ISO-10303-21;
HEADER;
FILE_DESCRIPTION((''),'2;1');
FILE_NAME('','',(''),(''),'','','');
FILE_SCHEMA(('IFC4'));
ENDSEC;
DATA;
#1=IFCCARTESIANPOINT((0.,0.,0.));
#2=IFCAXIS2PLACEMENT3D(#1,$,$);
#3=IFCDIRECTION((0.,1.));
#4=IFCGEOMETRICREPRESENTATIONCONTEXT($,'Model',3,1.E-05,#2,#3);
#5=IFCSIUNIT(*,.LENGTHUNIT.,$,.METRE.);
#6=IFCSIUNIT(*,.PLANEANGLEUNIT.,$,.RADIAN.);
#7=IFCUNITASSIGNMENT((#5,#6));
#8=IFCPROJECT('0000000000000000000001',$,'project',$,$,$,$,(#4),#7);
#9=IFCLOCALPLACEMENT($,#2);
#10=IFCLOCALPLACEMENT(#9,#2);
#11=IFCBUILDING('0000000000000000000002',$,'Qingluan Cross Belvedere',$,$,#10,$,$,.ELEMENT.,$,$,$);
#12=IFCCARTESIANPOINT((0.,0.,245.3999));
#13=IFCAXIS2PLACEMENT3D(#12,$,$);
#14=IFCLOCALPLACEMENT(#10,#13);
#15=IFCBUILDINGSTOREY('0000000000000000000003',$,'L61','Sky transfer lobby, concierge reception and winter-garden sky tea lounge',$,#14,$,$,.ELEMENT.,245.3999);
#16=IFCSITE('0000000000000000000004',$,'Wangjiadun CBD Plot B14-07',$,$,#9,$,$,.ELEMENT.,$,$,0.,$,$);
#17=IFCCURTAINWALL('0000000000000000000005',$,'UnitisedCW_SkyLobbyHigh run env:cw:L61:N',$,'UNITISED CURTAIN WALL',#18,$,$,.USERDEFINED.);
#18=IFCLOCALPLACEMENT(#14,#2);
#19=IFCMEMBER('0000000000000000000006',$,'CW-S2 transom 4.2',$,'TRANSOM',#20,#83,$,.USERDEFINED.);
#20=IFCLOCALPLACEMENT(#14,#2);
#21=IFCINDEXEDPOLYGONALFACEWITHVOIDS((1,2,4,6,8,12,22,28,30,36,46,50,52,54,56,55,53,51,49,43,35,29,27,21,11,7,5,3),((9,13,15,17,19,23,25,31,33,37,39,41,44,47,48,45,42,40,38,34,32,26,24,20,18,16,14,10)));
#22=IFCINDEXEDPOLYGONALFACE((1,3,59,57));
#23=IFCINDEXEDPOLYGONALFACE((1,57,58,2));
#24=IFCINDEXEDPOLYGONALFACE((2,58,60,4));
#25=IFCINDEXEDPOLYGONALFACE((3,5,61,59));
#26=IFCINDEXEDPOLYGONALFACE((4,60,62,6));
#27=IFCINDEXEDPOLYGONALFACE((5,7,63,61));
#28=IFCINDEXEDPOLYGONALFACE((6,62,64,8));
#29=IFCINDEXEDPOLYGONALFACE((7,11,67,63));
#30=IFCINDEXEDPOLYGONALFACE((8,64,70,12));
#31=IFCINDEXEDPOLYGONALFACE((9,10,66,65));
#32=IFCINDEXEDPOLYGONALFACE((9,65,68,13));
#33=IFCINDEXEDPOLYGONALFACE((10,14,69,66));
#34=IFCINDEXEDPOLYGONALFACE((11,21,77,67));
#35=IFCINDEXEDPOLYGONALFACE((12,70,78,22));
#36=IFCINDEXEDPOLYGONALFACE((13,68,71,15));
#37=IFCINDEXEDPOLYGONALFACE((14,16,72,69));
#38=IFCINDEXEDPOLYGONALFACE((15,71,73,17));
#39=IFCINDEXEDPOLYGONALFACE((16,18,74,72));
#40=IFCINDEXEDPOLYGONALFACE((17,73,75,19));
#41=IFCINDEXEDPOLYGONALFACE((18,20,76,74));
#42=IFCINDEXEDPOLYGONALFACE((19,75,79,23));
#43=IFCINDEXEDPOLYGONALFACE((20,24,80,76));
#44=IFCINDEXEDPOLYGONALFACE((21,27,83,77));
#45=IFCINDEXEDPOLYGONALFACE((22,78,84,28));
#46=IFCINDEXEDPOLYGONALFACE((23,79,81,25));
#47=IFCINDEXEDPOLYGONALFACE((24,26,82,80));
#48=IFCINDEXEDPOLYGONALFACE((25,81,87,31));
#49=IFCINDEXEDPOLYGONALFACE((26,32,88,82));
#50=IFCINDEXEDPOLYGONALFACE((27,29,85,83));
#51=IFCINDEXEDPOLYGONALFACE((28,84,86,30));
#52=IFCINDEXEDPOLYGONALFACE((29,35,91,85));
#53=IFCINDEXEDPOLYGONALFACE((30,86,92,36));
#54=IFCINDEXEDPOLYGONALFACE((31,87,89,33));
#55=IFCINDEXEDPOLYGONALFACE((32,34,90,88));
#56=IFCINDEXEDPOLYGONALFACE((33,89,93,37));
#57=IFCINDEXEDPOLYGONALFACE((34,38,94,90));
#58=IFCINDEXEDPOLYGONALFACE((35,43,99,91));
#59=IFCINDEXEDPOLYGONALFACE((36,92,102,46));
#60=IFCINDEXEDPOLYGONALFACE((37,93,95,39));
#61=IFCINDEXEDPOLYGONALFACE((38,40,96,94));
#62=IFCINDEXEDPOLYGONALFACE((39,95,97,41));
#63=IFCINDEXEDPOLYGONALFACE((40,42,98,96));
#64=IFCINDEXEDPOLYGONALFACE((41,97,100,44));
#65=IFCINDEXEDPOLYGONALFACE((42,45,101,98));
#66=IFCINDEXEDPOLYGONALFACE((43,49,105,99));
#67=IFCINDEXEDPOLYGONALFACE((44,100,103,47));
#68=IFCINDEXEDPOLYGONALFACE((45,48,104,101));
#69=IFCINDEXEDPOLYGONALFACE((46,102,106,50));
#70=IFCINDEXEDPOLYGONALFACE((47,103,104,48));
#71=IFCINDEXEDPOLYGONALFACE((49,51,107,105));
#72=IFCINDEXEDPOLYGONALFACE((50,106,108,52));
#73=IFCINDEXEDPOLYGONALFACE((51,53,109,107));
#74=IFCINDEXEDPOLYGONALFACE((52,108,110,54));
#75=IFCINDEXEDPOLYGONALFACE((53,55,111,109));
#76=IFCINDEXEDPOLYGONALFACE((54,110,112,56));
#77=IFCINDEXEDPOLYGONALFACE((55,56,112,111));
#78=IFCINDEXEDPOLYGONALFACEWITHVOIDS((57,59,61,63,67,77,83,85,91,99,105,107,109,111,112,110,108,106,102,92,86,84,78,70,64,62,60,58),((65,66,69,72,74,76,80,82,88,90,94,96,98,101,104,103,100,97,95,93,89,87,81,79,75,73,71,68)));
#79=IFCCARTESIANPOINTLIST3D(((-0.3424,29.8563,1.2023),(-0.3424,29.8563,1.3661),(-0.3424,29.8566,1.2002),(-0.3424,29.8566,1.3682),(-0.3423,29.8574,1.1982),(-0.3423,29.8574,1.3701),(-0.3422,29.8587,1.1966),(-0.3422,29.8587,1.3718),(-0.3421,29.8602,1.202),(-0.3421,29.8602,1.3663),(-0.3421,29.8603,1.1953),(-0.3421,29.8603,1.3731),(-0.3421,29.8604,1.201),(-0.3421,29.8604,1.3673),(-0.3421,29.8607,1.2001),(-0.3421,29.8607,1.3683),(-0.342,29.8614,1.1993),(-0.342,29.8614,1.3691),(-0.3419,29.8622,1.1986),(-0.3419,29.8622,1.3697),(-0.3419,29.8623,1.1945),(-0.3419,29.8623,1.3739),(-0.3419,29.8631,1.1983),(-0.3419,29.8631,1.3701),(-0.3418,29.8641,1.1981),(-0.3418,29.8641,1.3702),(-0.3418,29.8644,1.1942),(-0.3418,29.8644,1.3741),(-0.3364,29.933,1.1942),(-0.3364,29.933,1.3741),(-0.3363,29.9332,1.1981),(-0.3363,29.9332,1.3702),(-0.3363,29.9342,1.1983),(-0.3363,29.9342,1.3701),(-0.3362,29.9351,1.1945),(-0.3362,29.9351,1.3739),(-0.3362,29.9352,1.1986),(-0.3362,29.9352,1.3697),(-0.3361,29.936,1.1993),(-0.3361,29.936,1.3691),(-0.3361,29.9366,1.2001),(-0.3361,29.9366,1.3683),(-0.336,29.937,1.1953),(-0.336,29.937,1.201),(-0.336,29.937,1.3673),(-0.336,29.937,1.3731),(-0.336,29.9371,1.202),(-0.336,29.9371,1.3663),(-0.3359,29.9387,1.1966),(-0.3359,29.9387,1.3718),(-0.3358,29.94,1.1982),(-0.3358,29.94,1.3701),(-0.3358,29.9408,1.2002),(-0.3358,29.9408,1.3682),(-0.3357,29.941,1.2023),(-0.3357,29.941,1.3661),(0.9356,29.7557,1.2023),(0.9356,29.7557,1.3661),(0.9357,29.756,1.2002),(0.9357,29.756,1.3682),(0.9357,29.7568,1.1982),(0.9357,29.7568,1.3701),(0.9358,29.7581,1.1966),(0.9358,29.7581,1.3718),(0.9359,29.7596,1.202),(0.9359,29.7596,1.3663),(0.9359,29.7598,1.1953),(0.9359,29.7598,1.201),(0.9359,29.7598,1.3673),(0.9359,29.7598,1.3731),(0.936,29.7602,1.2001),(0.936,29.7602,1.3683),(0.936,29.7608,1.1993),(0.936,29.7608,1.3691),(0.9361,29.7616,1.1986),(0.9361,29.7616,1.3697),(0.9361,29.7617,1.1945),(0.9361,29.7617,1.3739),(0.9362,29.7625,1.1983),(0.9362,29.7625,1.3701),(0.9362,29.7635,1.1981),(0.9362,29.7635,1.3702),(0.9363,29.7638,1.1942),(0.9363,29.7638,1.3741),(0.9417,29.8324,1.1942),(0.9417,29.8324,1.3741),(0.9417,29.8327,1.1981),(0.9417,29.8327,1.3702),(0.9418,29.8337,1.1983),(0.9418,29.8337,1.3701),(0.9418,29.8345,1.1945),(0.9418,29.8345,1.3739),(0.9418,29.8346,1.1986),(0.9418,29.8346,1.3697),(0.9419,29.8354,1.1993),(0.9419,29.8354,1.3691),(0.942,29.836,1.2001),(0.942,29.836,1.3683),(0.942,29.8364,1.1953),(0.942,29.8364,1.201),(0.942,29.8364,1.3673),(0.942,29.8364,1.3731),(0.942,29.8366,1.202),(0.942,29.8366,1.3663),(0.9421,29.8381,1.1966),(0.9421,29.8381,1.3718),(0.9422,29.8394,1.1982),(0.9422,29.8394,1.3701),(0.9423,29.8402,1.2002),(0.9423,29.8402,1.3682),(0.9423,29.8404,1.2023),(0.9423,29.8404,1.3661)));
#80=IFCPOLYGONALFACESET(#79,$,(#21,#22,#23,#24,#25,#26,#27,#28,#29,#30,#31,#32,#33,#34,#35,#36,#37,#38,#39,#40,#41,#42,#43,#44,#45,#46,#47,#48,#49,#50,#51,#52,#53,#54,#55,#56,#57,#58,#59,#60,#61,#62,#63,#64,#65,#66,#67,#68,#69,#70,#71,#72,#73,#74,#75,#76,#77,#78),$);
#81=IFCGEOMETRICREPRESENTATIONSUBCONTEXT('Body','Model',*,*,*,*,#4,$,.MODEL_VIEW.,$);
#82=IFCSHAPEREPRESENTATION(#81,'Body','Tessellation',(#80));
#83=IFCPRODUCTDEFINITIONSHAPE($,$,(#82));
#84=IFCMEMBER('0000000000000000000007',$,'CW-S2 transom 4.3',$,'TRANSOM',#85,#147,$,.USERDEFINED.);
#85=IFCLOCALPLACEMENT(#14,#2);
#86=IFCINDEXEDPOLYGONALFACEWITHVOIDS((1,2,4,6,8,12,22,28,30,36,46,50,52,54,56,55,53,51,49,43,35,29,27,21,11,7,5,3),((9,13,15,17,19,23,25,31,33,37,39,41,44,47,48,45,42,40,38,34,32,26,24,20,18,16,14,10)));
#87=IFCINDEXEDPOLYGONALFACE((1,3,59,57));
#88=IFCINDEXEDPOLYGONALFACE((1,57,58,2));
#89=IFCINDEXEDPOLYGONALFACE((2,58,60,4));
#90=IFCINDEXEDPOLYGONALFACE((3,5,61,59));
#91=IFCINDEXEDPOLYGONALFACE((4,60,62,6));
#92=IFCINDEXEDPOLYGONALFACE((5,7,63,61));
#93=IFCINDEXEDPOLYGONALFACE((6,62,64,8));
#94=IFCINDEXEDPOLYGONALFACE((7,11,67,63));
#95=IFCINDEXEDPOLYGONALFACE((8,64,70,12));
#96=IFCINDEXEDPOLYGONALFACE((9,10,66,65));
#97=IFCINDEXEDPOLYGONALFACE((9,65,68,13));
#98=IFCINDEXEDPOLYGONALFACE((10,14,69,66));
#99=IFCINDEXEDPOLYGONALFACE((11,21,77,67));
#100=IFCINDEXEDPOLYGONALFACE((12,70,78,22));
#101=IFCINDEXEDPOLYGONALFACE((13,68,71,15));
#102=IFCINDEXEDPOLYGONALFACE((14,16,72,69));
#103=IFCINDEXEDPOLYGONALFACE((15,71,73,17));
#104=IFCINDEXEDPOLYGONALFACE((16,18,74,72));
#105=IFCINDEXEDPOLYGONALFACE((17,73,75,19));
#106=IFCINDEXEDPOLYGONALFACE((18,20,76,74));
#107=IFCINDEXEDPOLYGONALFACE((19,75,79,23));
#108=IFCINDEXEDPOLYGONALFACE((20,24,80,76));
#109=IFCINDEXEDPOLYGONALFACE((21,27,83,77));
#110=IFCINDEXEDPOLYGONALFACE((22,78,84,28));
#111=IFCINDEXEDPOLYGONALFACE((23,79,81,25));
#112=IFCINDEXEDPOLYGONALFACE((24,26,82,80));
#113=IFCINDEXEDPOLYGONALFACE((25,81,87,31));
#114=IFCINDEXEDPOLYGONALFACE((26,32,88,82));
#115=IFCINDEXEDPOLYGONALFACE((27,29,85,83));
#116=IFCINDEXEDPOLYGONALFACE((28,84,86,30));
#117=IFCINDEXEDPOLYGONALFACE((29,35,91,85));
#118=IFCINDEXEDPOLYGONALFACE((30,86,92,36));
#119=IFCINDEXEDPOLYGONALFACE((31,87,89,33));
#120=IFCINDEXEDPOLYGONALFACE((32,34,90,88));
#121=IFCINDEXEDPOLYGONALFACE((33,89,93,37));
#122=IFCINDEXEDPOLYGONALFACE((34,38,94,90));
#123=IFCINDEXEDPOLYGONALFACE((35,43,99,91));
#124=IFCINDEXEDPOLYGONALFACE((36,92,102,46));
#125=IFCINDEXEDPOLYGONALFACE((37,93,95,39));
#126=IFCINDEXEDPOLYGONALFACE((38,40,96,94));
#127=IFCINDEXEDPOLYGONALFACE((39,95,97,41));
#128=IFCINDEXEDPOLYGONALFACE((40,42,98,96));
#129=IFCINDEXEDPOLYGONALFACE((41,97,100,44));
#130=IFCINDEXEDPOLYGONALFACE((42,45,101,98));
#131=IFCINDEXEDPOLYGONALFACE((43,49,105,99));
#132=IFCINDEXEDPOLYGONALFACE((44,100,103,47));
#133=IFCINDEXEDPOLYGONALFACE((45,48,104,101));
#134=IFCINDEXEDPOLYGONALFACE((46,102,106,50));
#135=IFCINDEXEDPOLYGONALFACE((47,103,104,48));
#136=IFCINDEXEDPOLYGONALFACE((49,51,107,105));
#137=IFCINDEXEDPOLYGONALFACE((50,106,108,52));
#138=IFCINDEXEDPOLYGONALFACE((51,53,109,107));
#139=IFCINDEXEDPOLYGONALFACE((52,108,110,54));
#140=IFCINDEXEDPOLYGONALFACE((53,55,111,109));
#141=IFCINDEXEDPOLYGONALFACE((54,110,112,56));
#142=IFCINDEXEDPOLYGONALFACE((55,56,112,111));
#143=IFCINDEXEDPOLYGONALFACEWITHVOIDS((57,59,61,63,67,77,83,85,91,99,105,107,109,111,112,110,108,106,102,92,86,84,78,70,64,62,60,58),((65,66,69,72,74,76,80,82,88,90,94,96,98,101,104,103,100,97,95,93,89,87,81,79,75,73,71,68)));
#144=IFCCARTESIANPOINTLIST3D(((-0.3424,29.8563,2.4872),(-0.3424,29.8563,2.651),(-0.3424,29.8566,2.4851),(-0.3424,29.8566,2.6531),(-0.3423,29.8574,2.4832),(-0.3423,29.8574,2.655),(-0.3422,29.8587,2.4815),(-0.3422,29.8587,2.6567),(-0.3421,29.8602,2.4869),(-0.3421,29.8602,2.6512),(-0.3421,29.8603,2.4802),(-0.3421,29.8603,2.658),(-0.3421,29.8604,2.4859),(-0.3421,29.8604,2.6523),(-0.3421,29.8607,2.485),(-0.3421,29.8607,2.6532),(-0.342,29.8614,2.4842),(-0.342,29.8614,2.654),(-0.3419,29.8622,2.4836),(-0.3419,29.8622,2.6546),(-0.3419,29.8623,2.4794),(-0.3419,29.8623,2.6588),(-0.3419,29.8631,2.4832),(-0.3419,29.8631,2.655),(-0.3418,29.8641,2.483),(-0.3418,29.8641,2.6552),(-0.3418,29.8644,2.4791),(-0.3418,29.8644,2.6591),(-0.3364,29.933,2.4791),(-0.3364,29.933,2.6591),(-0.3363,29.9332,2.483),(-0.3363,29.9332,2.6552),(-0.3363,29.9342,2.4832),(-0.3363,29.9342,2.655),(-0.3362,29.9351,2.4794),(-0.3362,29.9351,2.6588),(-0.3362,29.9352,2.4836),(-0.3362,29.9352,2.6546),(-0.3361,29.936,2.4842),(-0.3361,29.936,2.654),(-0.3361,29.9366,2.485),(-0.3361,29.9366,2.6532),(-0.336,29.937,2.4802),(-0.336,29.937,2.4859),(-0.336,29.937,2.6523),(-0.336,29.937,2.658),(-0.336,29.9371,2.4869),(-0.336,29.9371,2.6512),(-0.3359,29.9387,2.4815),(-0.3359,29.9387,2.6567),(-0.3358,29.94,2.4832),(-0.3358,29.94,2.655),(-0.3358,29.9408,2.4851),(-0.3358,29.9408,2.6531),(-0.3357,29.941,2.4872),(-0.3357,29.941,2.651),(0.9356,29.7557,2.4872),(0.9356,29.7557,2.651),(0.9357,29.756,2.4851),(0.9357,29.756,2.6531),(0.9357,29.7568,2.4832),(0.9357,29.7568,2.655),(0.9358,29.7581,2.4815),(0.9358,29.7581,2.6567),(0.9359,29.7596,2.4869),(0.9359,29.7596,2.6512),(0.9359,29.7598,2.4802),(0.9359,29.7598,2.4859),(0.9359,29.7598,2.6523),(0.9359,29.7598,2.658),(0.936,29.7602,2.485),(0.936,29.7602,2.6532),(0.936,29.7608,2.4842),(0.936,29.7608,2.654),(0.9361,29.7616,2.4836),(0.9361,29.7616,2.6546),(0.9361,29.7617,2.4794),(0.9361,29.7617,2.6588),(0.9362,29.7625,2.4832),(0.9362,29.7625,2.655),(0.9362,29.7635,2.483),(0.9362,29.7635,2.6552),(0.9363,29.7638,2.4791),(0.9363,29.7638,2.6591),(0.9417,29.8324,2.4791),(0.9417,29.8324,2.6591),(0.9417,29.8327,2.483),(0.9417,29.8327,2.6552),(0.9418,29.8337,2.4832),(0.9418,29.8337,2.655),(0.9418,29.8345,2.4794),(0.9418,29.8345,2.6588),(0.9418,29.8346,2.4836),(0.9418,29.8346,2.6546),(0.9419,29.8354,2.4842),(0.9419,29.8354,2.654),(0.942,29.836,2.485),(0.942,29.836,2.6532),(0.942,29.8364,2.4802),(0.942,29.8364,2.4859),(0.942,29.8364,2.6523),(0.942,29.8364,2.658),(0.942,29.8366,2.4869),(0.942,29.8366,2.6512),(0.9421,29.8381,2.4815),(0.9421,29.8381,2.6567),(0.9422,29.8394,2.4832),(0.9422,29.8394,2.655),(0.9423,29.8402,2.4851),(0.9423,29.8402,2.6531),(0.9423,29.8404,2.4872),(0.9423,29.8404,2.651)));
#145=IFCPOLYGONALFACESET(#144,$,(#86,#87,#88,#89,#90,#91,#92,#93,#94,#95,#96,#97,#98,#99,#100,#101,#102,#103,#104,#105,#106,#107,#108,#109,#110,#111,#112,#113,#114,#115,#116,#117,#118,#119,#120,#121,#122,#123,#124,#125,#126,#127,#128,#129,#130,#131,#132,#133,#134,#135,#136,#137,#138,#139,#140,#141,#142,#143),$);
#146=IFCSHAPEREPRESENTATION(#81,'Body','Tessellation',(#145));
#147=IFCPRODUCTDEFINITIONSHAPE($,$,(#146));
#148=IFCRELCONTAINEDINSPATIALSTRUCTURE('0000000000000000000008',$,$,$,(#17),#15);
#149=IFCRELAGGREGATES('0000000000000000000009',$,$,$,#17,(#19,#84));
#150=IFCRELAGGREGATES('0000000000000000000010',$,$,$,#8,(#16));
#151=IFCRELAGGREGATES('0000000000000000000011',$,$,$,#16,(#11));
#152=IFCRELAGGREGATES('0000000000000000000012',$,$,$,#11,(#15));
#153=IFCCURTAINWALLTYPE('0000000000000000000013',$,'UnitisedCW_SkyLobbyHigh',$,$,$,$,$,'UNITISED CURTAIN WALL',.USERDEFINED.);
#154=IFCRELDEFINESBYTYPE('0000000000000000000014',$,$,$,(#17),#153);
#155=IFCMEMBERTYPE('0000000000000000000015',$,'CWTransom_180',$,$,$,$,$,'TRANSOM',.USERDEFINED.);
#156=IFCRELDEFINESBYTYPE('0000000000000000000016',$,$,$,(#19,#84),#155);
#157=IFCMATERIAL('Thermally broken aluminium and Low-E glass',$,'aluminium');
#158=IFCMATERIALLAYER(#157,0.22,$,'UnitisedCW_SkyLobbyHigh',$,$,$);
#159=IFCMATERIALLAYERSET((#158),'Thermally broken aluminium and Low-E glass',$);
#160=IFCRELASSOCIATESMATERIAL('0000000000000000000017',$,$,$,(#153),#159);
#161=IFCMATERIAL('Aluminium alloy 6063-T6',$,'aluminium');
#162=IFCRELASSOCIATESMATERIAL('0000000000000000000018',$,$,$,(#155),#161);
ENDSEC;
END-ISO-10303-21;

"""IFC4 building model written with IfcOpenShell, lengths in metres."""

from ifc_helpers import new_model, si_unit, direction, frame, origin, origin_2d, place, context, subcontext, project, spatial, hollow_rectangle, extrude, material, layer, layer_set, material_profile, profile_set, type_object, element, aggregate, save


model = new_model("IFC4")

# Units and contexts
model_context = context("Model", 3, precision=1e-05, world=origin(), true_north=direction((0.0, 1.0)))
body_context = subcontext(model_context, "Body", "Model", "MODEL_VIEW")
ifc_project = project(units=[si_unit("LENGTHUNIT", "METRE"), si_unit("PLANEANGLEUNIT", "RADIAN")], contexts=[model_context])

# Site, building, storey
site_placement = place(None, origin())
site = spatial("IfcSite", under=ifc_project, at=site_placement, Name="Wangjiadun CBD Plot B14-07", CompositionType="ELEMENT", RefElevation=0.0)
building_placement = place(site_placement, origin())
building = spatial("IfcBuilding", under=site, at=building_placement, Name="Qingluan Cross Belvedere", CompositionType="ELEMENT")
storey_placement = place(building_placement, frame((0.0, 0.0, 245.3999)))
storey = spatial("IfcBuildingStorey", under=building, at=storey_placement, Name="L61", Description="Sky transfer lobby, concierge reception and winter-garden sky tea lounge", CompositionType="ELEMENT", Elevation=245.3999)

# Curtain wall, members
ifc_material_1 = material(Name="Thermally broken aluminium and Low-E glass", Category="aluminium")
ifc_layer_1 = layer(ifc_material_1, 0.22, Name="UnitisedCW_SkyLobbyHigh")
ifc_layer_set_1 = layer_set([ifc_layer_1], Name="Thermally broken aluminium and Low-E glass")
curtain_wall_type = type_object("IfcCurtainWallType", Name="UnitisedCW_SkyLobbyHigh", ElementType="UNITISED CURTAIN WALL", PredefinedType="USERDEFINED", material=ifc_layer_set_1)
curtain_wall_placement = place(storey_placement, origin())
curtain_wall = element("IfcCurtainWall", 1, at=curtain_wall_placement, inside=storey, type_object=curtain_wall_type, Name="UnitisedCW_SkyLobbyHigh run env:cw:L61:N", ObjectType="UNITISED CURTAIN WALL", PredefinedType="USERDEFINED")
ifc_material_2 = material(Name="Aluminium alloy 6063-T6", Category="aluminium")
ifc_material_profile_1 = material_profile(ifc_material_2, hollow_rectangle(XDim=0.085, YDim=0.1799, WallThickness=0.0039, InnerFilletRadius=0.0039, OuterFilletRadius=0.0081, at=origin_2d()), Name="CWT180x85x4")
ifc_profile_set_1 = profile_set([ifc_material_profile_1], Name="Aluminium alloy 6063-T6")
member_type_1 = type_object("IfcMemberType", Name="CWTransom_180", ElementType="TRANSOM", PredefinedType="USERDEFINED", material=ifc_profile_set_1)
member_1_placement = place(storey_placement, frame((0.939, 29.7981, 1.2842), z_axis=(-0.996917, 0.078458, 0.0), x_axis=(-0.078458, -0.996917, 0.0)))
member_1 = element("IfcMember", 2, at=member_1_placement, type_object=member_type_1, Name="CW-S2 transom 4.2", ObjectType="TRANSOM", PredefinedType="USERDEFINED", context=body_context, shape_type="SweptSolid", body=[
    extrude(hollow_rectangle(XDim=0.085, YDim=0.1799, WallThickness=0.0039, InnerFilletRadius=0.0039, OuterFilletRadius=0.0081, at=origin_2d()), origin(), (0.0, 0.0, 1.0), 1.282),
])
member_2_placement = place(storey_placement, frame((0.939, 29.7981, 2.5691), z_axis=(-0.996917, 0.078458, 0.0), x_axis=(-0.078458, -0.996917, 0.0)))
member_2 = element("IfcMember", 3, at=member_2_placement, type_object=member_type_1, Name="CW-S2 transom 4.3", ObjectType="TRANSOM", PredefinedType="USERDEFINED", context=body_context, shape_type="SweptSolid", body=[
    extrude(hollow_rectangle(XDim=0.085, YDim=0.1799, WallThickness=0.0039, InnerFilletRadius=0.0039, OuterFilletRadius=0.0081, at=origin_2d()), origin(), (0.0, 0.0, 1.0), 1.282),
])
aggregate(curtain_wall, [member_1, member_2])

save(model, "model.ifc")
